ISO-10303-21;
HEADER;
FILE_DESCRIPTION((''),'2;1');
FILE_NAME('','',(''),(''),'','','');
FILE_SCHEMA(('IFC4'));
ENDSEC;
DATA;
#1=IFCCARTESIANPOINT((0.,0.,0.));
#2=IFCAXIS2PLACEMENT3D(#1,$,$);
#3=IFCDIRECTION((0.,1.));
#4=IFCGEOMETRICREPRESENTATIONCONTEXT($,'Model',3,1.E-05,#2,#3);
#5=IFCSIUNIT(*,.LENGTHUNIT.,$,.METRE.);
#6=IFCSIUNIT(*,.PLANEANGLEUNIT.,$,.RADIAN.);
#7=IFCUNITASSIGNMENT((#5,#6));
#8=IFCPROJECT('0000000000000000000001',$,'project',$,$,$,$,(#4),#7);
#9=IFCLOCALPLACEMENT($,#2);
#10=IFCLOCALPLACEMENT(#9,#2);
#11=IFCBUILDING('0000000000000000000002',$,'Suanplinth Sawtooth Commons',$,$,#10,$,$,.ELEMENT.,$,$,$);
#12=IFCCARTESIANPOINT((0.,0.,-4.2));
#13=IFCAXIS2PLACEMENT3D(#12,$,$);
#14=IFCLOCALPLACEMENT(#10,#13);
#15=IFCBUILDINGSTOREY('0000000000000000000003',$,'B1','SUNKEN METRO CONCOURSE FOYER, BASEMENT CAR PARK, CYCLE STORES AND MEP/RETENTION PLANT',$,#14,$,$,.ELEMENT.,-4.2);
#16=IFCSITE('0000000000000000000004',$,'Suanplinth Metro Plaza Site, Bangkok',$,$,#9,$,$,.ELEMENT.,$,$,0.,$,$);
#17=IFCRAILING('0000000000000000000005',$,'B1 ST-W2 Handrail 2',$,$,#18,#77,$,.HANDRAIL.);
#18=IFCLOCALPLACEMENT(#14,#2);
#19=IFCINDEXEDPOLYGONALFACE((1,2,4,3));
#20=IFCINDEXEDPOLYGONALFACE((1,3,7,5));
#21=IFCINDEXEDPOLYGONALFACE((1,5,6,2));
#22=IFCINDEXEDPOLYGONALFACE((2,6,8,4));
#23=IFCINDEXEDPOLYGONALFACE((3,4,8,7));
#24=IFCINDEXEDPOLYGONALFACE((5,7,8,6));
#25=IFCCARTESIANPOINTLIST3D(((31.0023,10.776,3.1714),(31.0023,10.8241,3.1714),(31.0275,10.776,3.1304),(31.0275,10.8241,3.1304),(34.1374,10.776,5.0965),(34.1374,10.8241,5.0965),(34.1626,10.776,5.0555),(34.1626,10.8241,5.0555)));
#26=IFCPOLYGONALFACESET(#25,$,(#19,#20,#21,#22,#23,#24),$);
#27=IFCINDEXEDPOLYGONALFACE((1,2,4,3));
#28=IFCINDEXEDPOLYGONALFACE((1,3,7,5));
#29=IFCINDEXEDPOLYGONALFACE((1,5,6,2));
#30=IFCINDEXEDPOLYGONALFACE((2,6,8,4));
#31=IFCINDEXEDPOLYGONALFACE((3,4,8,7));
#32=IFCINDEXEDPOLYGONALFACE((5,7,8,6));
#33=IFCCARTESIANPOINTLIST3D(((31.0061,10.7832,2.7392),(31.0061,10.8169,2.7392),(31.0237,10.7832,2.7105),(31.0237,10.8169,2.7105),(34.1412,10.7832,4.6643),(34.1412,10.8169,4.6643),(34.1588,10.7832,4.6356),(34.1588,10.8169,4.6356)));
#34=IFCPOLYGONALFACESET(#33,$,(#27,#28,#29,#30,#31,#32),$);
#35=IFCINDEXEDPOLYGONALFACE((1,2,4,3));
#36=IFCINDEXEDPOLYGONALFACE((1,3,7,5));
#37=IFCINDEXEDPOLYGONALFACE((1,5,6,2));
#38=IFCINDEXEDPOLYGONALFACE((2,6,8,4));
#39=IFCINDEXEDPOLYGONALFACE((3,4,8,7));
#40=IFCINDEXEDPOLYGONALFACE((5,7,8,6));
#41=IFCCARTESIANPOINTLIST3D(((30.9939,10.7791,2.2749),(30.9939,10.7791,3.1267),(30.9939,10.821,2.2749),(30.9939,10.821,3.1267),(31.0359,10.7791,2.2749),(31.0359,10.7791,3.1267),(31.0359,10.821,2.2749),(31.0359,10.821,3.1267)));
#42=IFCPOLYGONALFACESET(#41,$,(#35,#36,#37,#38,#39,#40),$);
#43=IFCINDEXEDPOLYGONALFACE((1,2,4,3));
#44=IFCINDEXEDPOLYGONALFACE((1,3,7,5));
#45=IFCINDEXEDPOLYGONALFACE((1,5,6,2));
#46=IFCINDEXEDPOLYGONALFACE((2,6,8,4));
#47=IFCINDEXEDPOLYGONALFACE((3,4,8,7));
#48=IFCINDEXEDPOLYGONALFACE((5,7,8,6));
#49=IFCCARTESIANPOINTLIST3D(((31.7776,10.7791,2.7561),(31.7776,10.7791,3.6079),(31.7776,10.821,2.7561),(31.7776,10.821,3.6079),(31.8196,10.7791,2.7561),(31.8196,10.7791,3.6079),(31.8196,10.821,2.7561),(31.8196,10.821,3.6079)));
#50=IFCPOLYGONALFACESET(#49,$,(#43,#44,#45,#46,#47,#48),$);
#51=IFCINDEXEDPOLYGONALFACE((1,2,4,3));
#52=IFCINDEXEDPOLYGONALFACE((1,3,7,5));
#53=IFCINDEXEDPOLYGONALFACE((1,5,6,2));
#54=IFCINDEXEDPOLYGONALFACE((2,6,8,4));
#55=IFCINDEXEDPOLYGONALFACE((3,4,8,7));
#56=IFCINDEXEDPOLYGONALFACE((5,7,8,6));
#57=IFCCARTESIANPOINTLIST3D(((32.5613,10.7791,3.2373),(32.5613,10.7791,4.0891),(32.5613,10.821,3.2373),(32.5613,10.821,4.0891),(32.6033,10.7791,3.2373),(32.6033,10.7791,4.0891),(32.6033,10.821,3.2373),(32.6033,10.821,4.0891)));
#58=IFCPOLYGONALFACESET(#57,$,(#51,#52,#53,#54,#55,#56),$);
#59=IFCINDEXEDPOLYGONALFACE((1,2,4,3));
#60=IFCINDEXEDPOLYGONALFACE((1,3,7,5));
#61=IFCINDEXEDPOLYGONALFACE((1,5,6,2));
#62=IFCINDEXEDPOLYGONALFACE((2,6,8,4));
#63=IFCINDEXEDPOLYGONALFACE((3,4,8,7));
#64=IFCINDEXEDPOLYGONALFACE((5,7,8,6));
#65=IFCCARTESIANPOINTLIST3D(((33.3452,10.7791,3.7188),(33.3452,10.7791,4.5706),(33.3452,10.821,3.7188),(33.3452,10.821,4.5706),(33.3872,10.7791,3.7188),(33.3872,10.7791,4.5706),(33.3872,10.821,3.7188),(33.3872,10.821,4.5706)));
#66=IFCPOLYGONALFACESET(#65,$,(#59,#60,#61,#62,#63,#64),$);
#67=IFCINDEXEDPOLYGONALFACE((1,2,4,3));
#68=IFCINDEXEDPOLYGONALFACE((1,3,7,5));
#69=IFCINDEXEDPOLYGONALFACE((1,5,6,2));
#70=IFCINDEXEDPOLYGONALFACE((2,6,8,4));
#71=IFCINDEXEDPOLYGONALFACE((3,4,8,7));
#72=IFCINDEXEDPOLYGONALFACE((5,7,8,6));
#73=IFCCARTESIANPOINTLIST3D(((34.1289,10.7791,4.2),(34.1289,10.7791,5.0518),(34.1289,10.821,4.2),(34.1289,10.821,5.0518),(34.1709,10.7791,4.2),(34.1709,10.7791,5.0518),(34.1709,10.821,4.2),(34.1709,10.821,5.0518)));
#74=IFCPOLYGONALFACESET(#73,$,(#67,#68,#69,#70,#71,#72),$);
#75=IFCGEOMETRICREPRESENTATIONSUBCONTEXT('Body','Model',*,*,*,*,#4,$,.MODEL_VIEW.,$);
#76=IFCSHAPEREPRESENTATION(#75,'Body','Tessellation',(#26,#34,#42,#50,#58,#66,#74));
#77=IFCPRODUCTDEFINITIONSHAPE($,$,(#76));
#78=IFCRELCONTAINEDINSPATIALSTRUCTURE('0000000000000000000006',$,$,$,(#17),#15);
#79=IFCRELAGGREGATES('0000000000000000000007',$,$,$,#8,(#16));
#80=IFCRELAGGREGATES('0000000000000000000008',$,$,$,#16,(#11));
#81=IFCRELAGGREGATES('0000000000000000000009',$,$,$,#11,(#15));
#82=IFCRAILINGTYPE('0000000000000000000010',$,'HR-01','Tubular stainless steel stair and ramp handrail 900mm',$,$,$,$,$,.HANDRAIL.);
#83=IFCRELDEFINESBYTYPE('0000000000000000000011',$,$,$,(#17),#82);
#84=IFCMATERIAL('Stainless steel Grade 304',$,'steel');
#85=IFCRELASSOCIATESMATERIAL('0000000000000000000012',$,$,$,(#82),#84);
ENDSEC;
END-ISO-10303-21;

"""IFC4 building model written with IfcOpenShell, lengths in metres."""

from ifc_helpers import new_model, si_unit, direction, frame, origin, origin_2d, place, context, subcontext, project, spatial, rectangle, extrude, material, type_object, element, save


model = new_model("IFC4")

# Units and contexts
model_context = context("Model", 3, precision=1e-05, world=origin(), true_north=direction((0.0, 1.0)))
body_context = subcontext(model_context, "Body", "Model", "MODEL_VIEW")
ifc_project = project(units=[si_unit("LENGTHUNIT", "METRE"), si_unit("PLANEANGLEUNIT", "RADIAN")], contexts=[model_context])

# Site, building, storey
site_placement = place(None, origin())
site = spatial("IfcSite", under=ifc_project, at=site_placement, Name="Suanplinth Metro Plaza Site, Bangkok", CompositionType="ELEMENT", RefElevation=0.0)
building_placement = place(site_placement, origin())
building = spatial("IfcBuilding", under=site, at=building_placement, Name="Suanplinth Sawtooth Commons", CompositionType="ELEMENT")
storey_placement = place(building_placement, frame((0.0, 0.0, -4.2)))
storey = spatial("IfcBuildingStorey", under=building, at=storey_placement, Name="B1", Description="SUNKEN METRO CONCOURSE FOYER, BASEMENT CAR PARK, CYCLE STORES AND MEP/RETENTION PLANT", CompositionType="ELEMENT", Elevation=-4.2)

# Railing
ifc_material_1 = material(Name="Stainless steel Grade 304", Category="steel")
railing_type_1 = type_object("IfcRailingType", Name="HR-01", Description="Tubular stainless steel stair and ramp handrail 900mm", PredefinedType="HANDRAIL", material=ifc_material_1)
railing_1_placement = place(storey_placement, frame((31.0149, 10.8, 2.2749)))
element("IfcRailing", 1, at=railing_1_placement, inside=storey, type_object=railing_type_1, Name="B1 ST-W2 Handrail 2", PredefinedType="HANDRAIL", context=body_context, shape_type="SweptSolid", body=[
    extrude(rectangle(XDim=0.0481, YDim=0.0481, at=origin_2d()), frame((0.0, 0.0, 0.876), z_axis=(0.852166, 0.0, 0.523271), x_axis=(0.0, 1.0, 0.0)), (0.0, 0.0, 1.0), 3.679),
    extrude(rectangle(XDim=0.0337, YDim=0.0337, at=origin_2d()), frame((0.0, 0.0, 0.45), z_axis=(0.852166, 0.0, 0.523271), x_axis=(0.0, 1.0, 0.0)), (0.0, 0.0, 1.0), 3.679),
    extrude(rectangle(XDim=0.042, YDim=0.042, at=origin_2d()), origin(), (0.0, 0.0, 1.0), 0.8518),
    extrude(rectangle(XDim=0.042, YDim=0.042, at=origin_2d()), frame((0.7837, 0.0, 0.4812)), (0.0, 0.0, 1.0), 0.8518),
    extrude(rectangle(XDim=0.042, YDim=0.042, at=origin_2d()), frame((1.5674, 0.0, 0.9624)), (0.0, 0.0, 1.0), 0.8518),
    extrude(rectangle(XDim=0.042, YDim=0.042, at=origin_2d()), frame((2.3513, 0.0, 1.4438)), (0.0, 0.0, 1.0), 0.8518),
    extrude(rectangle(XDim=0.042, YDim=0.042, at=origin_2d()), frame((3.135, 0.0, 1.925)), (0.0, 0.0, 1.0), 0.8518),
])

save(model, "model.ifc")
